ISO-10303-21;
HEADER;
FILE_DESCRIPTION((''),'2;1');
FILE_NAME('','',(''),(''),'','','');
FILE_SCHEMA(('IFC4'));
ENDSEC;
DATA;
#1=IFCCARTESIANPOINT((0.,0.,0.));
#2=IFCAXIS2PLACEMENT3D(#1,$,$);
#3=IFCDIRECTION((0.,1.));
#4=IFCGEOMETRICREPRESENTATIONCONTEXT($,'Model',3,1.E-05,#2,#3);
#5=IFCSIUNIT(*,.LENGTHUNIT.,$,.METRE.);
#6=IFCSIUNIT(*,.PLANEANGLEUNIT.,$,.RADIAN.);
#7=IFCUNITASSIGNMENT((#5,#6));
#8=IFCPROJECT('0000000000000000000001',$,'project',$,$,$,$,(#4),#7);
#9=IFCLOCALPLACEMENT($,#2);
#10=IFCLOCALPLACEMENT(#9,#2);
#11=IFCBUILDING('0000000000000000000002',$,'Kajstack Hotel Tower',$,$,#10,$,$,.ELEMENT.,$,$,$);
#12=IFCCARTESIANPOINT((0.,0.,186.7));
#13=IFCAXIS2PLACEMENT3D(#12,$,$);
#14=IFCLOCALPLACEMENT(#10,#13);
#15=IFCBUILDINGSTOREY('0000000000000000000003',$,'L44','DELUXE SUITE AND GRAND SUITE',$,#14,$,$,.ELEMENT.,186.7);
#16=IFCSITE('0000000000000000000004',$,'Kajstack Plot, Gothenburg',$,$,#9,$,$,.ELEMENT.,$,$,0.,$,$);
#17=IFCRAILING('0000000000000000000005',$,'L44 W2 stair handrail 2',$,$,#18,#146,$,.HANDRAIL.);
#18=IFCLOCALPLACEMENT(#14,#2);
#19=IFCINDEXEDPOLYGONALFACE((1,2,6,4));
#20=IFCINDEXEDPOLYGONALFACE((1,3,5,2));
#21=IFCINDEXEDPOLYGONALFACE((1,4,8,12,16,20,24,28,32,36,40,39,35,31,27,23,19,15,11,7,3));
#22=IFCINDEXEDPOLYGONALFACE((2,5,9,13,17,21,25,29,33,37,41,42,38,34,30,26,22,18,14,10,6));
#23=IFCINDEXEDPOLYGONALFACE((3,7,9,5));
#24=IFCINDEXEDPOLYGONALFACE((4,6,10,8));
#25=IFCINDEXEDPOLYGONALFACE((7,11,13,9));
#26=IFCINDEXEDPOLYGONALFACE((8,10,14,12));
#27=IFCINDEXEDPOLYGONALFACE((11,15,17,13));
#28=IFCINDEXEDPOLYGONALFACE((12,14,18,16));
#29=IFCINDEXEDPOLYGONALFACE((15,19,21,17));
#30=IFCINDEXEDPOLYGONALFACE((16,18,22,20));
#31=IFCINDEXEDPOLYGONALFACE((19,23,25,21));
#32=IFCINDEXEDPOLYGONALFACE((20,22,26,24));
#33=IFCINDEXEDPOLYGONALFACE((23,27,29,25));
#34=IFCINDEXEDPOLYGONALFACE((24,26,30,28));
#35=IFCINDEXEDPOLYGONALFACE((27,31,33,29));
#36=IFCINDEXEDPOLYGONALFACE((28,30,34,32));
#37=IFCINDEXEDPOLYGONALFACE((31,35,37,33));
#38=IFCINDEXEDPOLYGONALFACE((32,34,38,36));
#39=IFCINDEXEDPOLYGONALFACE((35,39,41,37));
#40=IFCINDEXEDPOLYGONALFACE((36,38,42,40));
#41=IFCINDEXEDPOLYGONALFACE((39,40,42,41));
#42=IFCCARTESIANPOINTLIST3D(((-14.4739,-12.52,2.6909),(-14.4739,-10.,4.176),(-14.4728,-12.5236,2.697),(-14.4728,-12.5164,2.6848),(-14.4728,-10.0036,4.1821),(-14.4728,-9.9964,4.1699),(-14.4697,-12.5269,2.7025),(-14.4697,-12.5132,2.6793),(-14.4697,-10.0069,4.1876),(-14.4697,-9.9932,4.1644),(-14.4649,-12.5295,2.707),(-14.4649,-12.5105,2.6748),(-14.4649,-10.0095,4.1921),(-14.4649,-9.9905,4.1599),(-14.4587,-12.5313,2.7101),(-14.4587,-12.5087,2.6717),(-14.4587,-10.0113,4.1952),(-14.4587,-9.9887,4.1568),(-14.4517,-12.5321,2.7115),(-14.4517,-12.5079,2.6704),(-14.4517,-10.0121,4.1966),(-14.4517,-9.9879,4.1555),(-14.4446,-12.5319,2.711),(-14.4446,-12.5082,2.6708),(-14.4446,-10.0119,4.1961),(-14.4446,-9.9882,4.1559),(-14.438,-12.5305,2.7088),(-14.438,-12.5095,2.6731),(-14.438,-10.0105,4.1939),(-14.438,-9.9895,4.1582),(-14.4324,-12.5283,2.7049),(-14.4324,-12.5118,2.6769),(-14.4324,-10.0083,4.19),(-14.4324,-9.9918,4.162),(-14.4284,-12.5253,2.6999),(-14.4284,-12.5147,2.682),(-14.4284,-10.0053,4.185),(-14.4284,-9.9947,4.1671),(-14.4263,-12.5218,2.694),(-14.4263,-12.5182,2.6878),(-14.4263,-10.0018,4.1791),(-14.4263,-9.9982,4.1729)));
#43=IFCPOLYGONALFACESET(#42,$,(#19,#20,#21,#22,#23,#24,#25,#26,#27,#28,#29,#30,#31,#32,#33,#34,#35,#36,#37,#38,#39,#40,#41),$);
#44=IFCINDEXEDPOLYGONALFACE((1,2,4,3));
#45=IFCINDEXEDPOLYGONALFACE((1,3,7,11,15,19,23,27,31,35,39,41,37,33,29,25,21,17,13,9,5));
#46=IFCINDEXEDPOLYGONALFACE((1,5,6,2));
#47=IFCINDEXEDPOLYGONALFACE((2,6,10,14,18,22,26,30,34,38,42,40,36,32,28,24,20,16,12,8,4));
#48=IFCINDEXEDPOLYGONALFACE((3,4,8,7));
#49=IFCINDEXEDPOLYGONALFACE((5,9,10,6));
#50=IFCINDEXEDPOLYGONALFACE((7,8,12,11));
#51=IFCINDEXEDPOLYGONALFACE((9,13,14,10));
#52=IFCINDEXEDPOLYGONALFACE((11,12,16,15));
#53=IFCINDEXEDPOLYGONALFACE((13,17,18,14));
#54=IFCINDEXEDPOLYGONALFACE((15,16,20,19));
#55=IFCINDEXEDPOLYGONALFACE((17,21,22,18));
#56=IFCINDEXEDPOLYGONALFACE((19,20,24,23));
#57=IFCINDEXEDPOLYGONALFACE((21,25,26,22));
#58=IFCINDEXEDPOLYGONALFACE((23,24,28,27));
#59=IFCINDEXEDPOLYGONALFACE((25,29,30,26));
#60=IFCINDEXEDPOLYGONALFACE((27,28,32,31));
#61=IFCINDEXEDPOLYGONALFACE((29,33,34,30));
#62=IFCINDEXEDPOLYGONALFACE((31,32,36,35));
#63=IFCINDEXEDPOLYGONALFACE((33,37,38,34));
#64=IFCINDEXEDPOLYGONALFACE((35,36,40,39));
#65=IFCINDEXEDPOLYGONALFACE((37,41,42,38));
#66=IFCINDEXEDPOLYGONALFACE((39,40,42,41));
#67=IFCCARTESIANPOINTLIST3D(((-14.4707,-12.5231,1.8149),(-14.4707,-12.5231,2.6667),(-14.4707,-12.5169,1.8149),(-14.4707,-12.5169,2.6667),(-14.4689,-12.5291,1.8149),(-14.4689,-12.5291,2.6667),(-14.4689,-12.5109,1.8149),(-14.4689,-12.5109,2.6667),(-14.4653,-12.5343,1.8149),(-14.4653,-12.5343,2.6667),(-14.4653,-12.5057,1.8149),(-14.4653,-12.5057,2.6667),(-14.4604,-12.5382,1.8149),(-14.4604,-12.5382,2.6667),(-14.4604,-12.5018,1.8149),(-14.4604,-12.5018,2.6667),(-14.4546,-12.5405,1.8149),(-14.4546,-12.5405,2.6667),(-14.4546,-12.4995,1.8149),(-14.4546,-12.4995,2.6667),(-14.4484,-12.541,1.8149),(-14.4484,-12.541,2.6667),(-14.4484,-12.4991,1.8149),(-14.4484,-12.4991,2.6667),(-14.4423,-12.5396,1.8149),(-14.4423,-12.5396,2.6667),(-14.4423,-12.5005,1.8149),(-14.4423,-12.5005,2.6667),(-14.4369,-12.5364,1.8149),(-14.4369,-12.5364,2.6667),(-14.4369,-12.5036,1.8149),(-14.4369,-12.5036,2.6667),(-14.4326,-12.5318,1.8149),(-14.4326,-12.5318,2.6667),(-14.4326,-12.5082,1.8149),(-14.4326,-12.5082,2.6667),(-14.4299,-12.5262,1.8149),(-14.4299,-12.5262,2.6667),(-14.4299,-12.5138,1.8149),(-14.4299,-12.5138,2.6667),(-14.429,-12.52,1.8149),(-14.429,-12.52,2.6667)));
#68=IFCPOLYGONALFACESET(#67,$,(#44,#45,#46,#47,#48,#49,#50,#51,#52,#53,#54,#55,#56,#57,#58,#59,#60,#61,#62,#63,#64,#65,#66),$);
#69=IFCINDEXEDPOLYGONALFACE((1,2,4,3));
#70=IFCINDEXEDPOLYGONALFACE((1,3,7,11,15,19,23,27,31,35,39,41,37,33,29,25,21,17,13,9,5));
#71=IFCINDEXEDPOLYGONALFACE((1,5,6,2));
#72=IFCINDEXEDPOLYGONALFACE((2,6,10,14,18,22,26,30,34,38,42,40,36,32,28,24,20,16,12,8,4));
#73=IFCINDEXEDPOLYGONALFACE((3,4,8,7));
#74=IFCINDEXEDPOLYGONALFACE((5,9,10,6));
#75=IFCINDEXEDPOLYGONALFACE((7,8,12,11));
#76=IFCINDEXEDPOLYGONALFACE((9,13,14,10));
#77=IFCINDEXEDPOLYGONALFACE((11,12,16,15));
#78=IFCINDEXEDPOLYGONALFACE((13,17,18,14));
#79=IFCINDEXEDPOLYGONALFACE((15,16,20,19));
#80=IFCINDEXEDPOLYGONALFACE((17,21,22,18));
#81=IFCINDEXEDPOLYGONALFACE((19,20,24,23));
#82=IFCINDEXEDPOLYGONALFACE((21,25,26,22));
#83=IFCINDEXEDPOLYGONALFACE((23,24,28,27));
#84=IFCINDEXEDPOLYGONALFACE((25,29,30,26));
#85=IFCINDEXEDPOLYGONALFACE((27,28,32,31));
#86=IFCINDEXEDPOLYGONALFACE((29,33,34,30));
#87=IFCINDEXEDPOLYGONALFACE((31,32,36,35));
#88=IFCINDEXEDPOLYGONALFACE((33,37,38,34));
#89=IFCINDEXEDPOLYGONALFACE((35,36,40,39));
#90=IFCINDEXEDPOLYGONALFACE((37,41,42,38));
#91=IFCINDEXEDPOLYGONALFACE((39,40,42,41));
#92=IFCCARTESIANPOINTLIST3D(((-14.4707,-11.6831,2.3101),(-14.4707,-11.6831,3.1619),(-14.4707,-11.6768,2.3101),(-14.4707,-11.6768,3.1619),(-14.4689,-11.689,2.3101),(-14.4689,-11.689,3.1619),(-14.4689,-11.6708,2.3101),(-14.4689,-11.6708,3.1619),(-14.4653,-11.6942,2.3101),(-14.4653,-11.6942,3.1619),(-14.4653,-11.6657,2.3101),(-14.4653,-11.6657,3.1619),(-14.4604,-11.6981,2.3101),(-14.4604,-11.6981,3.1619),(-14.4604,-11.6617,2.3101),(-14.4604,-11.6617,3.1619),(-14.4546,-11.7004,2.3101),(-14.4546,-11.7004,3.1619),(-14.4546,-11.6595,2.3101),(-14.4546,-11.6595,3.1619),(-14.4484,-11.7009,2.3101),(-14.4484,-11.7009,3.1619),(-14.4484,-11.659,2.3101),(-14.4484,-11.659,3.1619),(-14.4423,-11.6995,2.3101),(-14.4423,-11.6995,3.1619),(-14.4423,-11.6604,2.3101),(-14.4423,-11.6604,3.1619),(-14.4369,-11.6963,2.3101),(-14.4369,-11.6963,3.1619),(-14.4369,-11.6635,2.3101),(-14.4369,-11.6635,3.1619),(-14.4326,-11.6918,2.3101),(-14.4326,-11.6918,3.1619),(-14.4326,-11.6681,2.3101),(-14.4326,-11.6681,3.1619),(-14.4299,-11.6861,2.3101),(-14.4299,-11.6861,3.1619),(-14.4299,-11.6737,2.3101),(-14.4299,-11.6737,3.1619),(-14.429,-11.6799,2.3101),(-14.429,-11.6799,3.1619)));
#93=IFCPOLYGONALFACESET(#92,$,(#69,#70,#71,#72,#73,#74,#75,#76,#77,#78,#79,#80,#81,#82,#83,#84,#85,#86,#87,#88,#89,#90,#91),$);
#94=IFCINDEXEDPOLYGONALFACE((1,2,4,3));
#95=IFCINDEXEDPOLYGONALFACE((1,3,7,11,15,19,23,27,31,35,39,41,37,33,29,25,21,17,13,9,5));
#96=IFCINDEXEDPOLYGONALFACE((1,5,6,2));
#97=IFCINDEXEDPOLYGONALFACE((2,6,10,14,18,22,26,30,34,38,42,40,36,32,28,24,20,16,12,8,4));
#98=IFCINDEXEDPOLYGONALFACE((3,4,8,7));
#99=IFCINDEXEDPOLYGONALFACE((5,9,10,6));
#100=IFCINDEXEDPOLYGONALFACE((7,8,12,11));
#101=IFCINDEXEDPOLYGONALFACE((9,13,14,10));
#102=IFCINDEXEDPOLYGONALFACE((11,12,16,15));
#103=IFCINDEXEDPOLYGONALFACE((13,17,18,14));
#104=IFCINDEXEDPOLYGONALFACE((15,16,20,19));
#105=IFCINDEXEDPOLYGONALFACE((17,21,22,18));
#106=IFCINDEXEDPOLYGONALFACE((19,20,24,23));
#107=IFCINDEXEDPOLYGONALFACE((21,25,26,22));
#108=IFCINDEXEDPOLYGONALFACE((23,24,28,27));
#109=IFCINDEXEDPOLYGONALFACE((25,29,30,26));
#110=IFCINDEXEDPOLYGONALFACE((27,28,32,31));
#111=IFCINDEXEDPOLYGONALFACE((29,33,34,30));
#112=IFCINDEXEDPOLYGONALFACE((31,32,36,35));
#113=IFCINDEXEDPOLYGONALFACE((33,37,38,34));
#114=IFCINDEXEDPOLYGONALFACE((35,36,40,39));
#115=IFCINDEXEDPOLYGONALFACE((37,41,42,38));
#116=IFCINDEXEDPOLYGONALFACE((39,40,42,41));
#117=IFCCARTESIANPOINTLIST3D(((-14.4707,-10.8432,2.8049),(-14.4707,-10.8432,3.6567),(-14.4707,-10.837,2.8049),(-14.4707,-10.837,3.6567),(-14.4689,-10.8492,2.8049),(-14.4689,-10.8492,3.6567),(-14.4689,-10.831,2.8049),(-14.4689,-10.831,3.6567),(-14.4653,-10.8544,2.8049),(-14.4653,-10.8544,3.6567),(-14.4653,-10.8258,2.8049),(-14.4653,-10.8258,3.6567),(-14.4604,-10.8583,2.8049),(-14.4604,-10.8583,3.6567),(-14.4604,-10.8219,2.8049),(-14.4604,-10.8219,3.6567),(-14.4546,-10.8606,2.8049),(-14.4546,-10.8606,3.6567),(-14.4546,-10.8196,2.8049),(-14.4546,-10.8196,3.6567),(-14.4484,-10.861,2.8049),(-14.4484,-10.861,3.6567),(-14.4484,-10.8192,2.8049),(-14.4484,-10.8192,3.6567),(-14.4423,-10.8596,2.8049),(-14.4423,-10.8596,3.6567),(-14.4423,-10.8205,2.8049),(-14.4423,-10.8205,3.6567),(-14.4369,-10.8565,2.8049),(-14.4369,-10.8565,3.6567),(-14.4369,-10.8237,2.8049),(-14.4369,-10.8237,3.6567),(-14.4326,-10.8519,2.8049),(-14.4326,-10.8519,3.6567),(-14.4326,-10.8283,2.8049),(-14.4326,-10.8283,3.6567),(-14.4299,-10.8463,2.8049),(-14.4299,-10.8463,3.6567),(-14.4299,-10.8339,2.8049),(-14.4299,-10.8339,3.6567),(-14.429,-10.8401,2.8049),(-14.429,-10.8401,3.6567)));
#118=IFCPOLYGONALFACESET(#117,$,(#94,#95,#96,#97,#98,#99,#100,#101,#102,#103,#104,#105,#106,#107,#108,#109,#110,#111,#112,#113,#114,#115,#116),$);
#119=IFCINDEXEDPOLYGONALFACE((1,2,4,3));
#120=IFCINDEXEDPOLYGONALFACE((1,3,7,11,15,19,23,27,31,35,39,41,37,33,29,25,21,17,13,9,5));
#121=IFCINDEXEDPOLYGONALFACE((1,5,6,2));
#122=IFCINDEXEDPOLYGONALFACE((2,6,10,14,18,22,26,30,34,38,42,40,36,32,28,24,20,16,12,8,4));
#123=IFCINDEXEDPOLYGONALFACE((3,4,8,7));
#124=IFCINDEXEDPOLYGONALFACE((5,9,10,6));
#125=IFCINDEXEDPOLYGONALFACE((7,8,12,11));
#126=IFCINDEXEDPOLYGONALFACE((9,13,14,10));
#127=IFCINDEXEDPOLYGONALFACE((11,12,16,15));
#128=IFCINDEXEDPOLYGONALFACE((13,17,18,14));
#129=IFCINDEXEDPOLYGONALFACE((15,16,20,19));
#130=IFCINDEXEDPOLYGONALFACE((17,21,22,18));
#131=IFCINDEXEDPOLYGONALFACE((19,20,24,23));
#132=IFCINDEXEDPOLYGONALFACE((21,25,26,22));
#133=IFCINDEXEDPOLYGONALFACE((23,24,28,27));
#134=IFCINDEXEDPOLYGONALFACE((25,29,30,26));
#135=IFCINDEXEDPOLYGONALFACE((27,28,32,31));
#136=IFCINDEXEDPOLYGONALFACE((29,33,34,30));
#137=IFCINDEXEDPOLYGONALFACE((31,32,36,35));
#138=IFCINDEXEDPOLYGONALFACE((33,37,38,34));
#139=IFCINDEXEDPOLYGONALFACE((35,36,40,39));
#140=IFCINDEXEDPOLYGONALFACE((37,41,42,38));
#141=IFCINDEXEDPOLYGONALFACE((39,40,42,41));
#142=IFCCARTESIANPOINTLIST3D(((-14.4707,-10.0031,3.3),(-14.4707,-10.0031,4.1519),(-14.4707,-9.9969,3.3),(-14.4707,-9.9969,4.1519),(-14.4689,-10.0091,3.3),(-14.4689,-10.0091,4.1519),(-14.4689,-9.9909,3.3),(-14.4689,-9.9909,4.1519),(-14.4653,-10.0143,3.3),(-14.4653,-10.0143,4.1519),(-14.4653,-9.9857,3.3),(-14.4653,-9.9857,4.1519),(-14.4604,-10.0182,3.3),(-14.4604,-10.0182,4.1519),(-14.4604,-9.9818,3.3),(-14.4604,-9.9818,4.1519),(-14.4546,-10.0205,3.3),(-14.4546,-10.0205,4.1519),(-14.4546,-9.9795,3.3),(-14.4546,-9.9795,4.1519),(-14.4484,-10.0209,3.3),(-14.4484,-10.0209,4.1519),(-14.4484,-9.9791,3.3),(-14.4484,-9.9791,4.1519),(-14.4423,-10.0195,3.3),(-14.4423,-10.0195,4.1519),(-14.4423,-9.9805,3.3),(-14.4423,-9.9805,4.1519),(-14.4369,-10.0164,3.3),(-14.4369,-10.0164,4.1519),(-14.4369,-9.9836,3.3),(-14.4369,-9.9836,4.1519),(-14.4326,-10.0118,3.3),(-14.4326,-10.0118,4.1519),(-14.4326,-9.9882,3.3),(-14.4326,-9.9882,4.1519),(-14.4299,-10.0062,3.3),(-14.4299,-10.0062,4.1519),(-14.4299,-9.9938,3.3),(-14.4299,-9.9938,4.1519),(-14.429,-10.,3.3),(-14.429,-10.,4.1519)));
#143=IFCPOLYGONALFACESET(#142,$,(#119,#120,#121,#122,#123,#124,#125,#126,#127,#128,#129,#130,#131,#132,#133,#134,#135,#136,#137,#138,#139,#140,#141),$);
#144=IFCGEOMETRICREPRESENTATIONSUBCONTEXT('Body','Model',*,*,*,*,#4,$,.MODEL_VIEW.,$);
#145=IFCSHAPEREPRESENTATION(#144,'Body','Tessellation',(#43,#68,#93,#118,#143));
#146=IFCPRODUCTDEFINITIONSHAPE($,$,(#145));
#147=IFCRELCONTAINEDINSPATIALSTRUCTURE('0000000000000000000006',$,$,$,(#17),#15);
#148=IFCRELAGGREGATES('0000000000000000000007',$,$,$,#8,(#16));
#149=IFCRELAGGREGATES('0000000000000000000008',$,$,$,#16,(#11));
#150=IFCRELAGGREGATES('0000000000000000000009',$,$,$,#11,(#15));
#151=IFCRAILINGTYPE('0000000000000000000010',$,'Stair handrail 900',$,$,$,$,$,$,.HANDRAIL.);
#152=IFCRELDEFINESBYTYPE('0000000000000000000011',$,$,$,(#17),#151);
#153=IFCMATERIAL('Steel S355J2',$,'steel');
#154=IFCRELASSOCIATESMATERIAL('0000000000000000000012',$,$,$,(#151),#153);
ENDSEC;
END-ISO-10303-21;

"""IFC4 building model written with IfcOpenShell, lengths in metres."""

from ifc_helpers import new_model, si_unit, direction, frame, origin, origin_2d, place, context, subcontext, project, spatial, circle, extrude, material, type_object, element, save


model = new_model("IFC4")

# Units and contexts
model_context = context("Model", 3, precision=1e-05, world=origin(), true_north=direction((0.0, 1.0)))
body_context = subcontext(model_context, "Body", "Model", "MODEL_VIEW")
ifc_project = project(units=[si_unit("LENGTHUNIT", "METRE"), si_unit("PLANEANGLEUNIT", "RADIAN")], contexts=[model_context])

# Site, building, storey
site_placement = place(None, origin())
site = spatial("IfcSite", under=ifc_project, at=site_placement, Name="Kajstack Plot, Gothenburg", CompositionType="ELEMENT", RefElevation=0.0)
building_placement = place(site_placement, origin())
building = spatial("IfcBuilding", under=site, at=building_placement, Name="Kajstack Hotel Tower", CompositionType="ELEMENT")
storey_placement = place(building_placement, frame((0.0, 0.0, 186.7)))
storey = spatial("IfcBuildingStorey", under=building, at=storey_placement, Name="L44", Description="DELUXE SUITE AND GRAND SUITE", CompositionType="ELEMENT", Elevation=186.7)

# Railing
ifc_material_1 = material(Name="Steel S355J2", Category="steel")
railing_type = type_object("IfcRailingType", Name="Stair handrail 900", PredefinedType="HANDRAIL", material=ifc_material_1)
railing_placement = place(storey_placement, frame((-14.45, -12.52, 1.8149)))
element("IfcRailing", 1, at=railing_placement, inside=storey, type_object=railing_type, Name="L44 W2 stair handrail 2", PredefinedType="HANDRAIL", context=body_context, shape_type="SweptSolid", body=[
    extrude(circle(Radius=0.0239, at=origin_2d()), frame((0.0, 0.0, 0.876), z_axis=(0.0, 0.861524, 0.507717), x_axis=(-1.0, 0.0, 0.0)), (0.0, 0.0, 1.0), 2.925),
    extrude(circle(Radius=0.021, at=origin_2d()), origin(), (0.0, 0.0, 1.0), 0.8518),
    extrude(circle(Radius=0.021, at=origin_2d()), frame((0.0, 0.8401, 0.4951)), (0.0, 0.0, 1.0), 0.8518),
    extrude(circle(Radius=0.021, at=origin_2d()), frame((0.0, 1.6799, 0.99)), (0.0, 0.0, 1.0), 0.8518),
    extrude(circle(Radius=0.021, at=origin_2d()), frame((0.0, 2.52, 1.4851)), (0.0, 0.0, 1.0), 0.8518),
])

save(model, "model.ifc")
